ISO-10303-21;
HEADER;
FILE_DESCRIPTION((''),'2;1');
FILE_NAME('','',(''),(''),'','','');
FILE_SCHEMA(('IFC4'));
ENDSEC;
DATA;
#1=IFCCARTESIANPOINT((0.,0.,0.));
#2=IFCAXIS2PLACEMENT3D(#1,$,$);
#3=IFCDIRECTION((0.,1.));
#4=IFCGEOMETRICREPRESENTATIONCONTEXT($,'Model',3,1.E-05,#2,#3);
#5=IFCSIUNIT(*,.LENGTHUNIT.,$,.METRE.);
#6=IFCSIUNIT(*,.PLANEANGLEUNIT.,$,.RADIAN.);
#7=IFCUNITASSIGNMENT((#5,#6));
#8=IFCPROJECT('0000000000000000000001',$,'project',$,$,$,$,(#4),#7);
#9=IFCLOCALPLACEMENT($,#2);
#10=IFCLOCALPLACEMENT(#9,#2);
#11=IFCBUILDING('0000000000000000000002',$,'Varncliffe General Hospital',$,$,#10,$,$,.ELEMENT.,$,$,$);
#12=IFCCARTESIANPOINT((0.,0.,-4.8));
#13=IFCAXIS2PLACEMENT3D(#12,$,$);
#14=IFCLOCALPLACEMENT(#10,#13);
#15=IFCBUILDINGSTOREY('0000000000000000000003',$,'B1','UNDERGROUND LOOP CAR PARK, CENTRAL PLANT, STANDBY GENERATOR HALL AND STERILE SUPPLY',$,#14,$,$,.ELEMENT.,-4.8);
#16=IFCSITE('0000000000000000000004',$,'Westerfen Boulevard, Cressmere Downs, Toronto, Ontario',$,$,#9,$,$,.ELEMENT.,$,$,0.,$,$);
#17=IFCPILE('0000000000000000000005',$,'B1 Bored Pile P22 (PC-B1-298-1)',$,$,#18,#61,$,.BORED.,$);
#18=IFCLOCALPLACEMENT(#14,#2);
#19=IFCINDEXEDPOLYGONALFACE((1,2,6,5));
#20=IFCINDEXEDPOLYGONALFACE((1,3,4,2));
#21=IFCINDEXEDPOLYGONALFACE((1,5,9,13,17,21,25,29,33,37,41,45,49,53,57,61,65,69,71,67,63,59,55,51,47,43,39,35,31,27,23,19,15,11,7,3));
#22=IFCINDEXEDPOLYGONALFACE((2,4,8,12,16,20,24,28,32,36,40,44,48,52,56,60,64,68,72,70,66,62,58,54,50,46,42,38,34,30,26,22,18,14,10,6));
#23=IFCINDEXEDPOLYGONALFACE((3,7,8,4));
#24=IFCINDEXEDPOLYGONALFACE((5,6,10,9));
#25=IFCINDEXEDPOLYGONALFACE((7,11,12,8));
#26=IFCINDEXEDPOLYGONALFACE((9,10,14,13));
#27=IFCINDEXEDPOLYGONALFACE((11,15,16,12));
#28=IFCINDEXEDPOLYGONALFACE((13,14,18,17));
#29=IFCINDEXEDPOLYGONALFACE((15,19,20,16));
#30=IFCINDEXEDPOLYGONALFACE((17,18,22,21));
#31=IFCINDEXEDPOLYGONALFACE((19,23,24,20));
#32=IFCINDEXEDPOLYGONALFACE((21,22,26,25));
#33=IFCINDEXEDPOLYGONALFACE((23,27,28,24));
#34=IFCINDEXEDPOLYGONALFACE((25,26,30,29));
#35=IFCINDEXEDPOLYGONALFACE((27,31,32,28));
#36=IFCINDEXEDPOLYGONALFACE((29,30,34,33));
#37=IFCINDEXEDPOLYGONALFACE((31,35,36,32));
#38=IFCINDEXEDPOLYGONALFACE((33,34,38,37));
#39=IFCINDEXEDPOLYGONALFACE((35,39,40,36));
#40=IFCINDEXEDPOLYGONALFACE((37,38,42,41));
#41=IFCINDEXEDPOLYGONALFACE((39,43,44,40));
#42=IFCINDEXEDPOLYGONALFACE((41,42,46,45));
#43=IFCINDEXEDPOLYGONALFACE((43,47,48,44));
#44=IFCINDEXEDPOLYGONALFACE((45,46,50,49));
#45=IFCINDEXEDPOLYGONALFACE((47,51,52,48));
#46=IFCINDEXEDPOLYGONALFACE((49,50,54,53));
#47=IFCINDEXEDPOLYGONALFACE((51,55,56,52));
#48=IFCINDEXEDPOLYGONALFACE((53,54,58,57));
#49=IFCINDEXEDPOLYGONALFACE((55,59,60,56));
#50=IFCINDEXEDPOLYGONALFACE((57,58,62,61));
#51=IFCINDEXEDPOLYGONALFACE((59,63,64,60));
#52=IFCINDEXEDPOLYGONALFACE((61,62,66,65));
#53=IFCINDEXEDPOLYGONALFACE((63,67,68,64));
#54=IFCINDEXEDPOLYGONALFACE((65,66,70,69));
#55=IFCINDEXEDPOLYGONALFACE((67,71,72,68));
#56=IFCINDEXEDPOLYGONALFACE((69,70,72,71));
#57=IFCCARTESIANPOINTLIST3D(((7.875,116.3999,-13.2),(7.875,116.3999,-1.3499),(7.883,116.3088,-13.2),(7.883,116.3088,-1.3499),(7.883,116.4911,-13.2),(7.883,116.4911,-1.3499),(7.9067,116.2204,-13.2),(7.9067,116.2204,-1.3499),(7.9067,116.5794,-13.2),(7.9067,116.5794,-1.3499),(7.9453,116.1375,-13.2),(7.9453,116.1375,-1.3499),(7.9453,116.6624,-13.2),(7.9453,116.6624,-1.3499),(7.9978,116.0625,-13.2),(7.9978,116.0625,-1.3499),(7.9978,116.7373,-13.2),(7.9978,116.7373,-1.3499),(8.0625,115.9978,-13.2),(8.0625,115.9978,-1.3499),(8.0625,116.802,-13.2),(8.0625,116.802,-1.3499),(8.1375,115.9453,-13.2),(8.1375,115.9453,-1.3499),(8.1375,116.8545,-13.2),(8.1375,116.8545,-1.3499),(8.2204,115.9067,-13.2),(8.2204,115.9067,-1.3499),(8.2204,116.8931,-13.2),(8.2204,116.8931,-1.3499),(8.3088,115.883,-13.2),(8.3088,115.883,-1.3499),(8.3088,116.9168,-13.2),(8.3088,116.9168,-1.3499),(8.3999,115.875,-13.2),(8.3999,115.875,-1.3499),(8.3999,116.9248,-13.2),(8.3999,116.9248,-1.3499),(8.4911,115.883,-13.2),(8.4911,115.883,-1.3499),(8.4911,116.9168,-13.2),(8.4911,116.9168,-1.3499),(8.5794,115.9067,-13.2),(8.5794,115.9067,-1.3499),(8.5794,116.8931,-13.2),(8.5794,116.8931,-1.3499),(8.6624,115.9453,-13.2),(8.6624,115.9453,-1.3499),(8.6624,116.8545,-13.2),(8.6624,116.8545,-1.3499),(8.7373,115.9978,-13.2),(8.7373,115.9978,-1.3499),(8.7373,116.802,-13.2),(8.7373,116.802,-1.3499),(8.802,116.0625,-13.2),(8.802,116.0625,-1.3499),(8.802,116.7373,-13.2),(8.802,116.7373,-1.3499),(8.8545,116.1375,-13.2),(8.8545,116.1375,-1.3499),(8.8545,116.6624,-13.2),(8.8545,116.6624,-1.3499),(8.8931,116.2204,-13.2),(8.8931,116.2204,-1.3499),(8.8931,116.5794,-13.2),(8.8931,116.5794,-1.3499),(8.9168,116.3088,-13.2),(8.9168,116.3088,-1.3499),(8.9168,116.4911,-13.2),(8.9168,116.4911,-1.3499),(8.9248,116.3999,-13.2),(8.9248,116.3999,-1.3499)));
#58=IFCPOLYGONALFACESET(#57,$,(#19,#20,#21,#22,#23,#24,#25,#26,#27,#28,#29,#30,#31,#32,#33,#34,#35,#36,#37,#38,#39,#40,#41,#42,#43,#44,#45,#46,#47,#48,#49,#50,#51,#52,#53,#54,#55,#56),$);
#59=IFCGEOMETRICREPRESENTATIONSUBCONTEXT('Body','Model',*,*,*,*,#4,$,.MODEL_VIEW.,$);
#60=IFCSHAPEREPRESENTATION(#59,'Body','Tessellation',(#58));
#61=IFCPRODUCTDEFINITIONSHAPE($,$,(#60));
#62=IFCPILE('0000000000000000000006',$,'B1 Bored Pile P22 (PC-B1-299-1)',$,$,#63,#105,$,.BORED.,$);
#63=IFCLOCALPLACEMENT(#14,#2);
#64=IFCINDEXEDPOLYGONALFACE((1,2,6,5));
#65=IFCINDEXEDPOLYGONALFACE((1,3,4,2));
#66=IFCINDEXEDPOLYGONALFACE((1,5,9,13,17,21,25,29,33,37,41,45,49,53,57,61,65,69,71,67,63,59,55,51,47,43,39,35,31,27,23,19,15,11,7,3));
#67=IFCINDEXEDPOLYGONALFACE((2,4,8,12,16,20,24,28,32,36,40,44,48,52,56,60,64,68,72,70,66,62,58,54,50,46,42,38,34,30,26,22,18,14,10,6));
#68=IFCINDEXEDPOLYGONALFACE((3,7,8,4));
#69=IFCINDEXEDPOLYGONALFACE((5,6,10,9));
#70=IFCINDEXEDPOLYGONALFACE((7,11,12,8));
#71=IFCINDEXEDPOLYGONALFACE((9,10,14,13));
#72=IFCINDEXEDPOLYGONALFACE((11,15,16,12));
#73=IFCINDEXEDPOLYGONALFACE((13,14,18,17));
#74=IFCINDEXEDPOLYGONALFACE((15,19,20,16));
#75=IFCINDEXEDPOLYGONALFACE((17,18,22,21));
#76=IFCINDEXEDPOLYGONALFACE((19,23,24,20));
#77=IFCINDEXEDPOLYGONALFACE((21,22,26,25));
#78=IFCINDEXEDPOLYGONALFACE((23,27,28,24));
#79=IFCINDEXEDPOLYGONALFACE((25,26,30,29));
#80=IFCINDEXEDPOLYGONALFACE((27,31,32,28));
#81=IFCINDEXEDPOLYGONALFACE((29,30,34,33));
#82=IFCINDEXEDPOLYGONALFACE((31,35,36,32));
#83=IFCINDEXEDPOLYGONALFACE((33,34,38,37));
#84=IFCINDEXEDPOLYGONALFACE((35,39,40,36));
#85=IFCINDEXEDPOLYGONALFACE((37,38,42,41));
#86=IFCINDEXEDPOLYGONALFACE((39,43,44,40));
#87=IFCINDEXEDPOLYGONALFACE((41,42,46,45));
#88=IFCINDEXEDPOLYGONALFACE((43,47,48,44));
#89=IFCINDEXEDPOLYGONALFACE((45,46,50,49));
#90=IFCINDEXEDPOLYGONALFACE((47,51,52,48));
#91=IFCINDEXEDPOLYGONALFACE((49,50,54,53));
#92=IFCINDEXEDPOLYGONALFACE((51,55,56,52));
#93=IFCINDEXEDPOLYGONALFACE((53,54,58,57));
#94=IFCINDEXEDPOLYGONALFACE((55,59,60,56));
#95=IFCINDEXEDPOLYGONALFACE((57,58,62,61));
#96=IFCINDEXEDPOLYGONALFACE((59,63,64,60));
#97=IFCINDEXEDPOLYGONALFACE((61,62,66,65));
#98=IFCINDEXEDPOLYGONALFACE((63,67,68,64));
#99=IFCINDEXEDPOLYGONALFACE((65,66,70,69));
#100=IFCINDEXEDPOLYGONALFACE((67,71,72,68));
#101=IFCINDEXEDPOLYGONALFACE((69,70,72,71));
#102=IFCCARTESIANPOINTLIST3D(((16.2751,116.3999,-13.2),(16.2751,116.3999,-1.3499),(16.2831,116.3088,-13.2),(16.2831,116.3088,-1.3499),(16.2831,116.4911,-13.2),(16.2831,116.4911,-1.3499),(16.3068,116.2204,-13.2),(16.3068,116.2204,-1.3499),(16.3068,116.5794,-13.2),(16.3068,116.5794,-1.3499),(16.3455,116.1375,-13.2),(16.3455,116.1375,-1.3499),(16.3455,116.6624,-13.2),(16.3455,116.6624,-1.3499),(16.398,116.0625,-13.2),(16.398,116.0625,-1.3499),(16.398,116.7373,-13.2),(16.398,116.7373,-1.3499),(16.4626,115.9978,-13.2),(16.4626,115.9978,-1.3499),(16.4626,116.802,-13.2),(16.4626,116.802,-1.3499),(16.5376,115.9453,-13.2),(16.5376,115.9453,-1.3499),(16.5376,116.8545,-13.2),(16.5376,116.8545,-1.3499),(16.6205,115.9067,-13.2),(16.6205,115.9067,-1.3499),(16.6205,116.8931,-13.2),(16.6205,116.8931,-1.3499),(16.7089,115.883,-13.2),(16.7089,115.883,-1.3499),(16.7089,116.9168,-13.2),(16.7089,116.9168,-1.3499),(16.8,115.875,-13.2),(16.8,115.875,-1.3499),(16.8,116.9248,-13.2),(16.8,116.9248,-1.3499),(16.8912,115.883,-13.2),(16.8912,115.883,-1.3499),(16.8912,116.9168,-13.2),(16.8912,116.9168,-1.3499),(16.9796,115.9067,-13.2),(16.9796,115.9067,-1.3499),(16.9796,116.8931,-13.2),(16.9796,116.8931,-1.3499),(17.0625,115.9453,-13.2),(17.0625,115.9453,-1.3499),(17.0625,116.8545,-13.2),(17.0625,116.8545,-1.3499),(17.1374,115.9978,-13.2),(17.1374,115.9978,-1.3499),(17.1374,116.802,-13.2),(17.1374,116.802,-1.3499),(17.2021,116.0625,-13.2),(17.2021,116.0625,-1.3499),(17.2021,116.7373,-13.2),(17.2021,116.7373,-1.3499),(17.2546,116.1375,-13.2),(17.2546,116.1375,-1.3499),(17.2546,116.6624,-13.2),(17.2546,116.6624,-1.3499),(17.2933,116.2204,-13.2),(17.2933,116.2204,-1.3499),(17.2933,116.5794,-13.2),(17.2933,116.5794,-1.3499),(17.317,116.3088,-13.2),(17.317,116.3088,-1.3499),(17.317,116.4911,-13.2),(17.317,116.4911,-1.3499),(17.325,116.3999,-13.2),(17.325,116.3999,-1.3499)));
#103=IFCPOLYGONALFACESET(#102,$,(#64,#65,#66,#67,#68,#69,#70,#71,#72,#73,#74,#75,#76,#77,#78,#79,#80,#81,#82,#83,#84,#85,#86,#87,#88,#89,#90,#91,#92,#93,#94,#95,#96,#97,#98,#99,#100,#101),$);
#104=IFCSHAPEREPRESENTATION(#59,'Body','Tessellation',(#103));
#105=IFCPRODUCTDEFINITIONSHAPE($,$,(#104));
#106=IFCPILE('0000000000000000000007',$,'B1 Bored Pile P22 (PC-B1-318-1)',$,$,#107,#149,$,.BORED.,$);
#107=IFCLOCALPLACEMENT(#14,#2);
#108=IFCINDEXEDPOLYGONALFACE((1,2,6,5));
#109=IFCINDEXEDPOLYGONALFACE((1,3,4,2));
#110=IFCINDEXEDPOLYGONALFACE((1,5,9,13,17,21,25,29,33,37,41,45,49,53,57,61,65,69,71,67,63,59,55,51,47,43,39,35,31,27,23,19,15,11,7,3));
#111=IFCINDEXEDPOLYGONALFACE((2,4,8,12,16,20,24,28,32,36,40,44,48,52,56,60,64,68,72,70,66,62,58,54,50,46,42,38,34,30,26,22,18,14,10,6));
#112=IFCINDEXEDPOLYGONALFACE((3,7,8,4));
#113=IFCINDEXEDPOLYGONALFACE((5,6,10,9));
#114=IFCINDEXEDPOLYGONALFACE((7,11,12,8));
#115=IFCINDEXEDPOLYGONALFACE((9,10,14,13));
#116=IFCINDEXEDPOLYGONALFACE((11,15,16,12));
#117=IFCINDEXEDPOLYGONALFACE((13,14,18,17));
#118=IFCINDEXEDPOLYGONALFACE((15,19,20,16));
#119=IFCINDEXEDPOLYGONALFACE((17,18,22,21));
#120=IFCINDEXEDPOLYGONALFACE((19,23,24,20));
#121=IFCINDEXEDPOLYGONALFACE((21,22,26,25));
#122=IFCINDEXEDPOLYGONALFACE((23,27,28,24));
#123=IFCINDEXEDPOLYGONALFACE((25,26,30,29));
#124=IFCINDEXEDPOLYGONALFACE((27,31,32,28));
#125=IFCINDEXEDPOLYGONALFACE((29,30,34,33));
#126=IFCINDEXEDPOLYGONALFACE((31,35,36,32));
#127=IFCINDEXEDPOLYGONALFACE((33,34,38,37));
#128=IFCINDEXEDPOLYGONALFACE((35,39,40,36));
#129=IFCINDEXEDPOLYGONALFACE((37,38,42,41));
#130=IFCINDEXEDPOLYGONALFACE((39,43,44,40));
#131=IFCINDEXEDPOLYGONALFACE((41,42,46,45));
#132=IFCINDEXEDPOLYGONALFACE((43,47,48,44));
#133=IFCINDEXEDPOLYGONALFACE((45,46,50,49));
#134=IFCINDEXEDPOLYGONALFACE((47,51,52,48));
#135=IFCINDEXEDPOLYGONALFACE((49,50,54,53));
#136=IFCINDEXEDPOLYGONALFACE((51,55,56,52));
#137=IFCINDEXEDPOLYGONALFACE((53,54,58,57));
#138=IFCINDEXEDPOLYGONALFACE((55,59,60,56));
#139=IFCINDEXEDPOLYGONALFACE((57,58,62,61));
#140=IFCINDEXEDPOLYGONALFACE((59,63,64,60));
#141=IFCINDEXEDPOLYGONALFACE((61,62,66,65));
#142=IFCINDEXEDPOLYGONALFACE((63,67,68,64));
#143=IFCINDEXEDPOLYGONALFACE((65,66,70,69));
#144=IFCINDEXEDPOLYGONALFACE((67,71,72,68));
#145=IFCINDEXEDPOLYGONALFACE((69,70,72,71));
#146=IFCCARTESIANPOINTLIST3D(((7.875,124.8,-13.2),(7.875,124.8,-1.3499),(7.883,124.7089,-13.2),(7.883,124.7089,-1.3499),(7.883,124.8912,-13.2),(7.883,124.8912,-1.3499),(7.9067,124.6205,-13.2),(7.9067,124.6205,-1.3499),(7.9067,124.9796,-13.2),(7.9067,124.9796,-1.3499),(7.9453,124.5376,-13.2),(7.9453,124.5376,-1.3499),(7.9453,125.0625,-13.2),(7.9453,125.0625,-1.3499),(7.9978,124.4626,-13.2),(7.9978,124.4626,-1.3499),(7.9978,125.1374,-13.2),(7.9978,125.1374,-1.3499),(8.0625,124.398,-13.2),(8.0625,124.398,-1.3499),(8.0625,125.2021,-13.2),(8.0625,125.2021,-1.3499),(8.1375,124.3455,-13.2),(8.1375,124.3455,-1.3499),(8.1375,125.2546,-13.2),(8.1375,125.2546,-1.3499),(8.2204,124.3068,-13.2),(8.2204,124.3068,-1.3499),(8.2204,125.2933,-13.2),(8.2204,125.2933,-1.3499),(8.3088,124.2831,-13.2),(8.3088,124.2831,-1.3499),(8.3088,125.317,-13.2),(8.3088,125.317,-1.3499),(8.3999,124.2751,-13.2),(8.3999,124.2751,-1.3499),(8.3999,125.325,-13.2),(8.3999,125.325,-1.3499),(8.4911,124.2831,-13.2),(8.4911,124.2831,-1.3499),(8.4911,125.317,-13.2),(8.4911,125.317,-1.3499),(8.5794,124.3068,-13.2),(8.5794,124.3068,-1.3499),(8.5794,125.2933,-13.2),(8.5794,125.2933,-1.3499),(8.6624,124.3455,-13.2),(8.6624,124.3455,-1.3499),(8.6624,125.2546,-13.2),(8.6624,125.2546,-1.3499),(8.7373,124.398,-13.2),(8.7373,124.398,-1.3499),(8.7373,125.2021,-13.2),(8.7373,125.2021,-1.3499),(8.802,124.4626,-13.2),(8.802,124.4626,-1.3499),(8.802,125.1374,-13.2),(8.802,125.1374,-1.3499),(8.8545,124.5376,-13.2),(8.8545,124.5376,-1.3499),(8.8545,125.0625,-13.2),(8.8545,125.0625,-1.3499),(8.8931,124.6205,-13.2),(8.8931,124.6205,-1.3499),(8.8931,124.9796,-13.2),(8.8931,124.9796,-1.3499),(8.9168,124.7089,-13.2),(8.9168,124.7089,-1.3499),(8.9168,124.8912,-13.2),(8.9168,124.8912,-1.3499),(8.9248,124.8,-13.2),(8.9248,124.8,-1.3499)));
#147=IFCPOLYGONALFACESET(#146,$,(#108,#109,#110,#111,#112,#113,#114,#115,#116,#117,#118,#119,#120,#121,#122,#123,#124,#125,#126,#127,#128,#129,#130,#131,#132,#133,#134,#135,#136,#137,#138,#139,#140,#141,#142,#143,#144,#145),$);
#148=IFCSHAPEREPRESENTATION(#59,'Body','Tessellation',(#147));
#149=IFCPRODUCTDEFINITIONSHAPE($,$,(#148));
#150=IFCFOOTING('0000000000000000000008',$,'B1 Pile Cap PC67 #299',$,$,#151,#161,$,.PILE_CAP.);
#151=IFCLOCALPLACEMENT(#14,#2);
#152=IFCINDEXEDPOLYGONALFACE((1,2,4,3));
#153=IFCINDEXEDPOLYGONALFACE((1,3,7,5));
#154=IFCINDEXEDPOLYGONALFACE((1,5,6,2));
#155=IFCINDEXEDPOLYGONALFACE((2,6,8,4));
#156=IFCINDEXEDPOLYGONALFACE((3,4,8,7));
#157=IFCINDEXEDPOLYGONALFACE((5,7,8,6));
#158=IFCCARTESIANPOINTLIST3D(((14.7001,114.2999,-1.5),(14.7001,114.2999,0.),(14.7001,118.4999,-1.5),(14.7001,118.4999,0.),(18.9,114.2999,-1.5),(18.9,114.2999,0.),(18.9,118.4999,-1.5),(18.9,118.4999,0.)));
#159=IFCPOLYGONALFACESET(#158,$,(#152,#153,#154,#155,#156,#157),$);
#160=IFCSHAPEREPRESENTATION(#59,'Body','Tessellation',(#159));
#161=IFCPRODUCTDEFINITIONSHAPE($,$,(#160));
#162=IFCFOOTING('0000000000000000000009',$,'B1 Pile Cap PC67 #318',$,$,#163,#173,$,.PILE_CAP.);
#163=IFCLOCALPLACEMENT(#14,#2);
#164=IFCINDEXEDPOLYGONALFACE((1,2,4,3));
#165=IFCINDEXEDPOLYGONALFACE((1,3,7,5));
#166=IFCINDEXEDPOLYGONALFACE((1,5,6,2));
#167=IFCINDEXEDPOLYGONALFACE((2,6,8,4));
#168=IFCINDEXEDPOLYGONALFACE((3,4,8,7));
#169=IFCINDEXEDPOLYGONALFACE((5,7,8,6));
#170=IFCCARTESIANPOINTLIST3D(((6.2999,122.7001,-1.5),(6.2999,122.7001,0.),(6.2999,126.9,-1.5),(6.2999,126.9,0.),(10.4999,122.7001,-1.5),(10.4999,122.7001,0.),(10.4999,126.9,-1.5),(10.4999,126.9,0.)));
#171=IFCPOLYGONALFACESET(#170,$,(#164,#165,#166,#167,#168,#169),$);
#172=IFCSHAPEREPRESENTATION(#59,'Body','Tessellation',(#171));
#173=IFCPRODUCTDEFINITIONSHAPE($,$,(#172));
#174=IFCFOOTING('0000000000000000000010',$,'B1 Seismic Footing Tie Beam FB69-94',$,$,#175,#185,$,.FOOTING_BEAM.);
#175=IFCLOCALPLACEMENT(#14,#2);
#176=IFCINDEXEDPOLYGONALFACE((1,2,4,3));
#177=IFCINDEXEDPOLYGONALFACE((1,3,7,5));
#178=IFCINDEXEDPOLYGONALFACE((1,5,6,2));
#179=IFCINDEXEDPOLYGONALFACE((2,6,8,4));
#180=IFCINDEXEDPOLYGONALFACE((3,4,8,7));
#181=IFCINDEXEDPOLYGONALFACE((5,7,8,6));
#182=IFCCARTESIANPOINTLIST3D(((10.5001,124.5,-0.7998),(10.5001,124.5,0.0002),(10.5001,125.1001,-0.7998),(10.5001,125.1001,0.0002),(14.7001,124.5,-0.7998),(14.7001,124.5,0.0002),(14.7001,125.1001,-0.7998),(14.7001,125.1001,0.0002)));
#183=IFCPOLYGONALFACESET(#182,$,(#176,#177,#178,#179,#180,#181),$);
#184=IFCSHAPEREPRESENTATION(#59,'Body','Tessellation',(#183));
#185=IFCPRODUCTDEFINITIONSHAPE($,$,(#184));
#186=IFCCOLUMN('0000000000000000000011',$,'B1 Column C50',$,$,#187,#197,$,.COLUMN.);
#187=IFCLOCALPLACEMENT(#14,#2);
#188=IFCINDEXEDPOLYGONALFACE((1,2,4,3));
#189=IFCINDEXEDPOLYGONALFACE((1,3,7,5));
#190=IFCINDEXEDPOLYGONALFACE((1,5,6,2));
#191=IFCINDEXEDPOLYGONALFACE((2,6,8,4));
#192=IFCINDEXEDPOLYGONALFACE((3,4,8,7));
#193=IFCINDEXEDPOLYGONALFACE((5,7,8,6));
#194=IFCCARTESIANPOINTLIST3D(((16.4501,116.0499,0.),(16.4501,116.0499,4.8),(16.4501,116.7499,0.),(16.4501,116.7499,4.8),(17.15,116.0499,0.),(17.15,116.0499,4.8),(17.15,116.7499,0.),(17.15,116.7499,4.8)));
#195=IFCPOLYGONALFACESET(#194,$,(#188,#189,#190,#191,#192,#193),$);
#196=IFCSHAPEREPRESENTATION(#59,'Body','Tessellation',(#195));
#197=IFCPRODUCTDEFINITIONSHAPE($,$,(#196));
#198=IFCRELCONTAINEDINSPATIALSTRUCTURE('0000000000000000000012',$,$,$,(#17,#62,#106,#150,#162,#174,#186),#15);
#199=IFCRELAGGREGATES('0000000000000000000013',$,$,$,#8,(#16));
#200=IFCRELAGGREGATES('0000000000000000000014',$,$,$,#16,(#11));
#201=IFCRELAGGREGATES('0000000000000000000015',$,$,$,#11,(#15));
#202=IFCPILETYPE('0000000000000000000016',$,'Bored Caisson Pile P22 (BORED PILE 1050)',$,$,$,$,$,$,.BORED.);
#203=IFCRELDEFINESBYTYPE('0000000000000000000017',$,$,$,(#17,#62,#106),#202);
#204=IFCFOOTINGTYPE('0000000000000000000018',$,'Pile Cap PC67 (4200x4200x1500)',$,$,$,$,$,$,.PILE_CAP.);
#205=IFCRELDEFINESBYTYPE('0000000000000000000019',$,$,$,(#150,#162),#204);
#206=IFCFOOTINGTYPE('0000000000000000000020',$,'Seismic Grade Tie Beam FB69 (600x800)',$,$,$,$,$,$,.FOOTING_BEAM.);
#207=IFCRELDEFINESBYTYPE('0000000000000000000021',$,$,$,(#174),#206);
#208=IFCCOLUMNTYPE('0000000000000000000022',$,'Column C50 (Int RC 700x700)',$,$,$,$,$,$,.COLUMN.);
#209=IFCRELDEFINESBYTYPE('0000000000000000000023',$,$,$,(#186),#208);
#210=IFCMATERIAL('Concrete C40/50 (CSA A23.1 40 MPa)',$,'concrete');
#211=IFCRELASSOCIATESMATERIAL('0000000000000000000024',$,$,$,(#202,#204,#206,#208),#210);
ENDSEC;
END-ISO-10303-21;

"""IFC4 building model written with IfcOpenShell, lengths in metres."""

from ifc_helpers import new_model, si_unit, direction, frame, origin, origin_2d, place, context, subcontext, project, spatial, rectangle, circle, extrude, material, material_profile, profile_set, type_object, element, save


model = new_model("IFC4")

# Units and contexts
model_context = context("Model", 3, precision=1e-05, world=origin(), true_north=direction((0.0, 1.0)))
body_context = subcontext(model_context, "Body", "Model", "MODEL_VIEW")
ifc_project = project(units=[si_unit("LENGTHUNIT", "METRE"), si_unit("PLANEANGLEUNIT", "RADIAN")], contexts=[model_context])

# Site, building, storey
site_placement = place(None, origin())
site = spatial("IfcSite", under=ifc_project, at=site_placement, Name="Westerfen Boulevard, Cressmere Downs, Toronto, Ontario", CompositionType="ELEMENT", RefElevation=0.0)
building_placement = place(site_placement, origin())
building = spatial("IfcBuilding", under=site, at=building_placement, Name="Varncliffe General Hospital", CompositionType="ELEMENT")
storey_placement = place(building_placement, frame((0.0, 0.0, -4.8)))
storey = spatial("IfcBuildingStorey", under=building, at=storey_placement, Name="B1", Description="UNDERGROUND LOOP CAR PARK, CENTRAL PLANT, STANDBY GENERATOR HALL AND STERILE SUPPLY", CompositionType="ELEMENT", Elevation=-4.8)

# Piles
ifc_material_1 = material(Name="Concrete C40/50 (CSA A23.1 40 MPa)", Category="concrete")
ifc_material_profile_1 = material_profile(ifc_material_1, circle(Radius=0.5249, at=origin_2d()), Name="BORED PILE 1050")
ifc_profile_set_1 = profile_set([ifc_material_profile_1], Name="Concrete C40/50 (CSA A23.1 40 MPa)")
pile_type = type_object("IfcPileType", Name="Bored Caisson Pile P22 (BORED PILE 1050)", PredefinedType="BORED", material=ifc_profile_set_1)
for number, where, z_axis, x_axis, name in (
    (1, (8.3999, 116.3999, -1.3499), (0.0, 0.0, -1.0), (1.0, 0.0, 0.0), "B1 Bored Pile P22 (PC-B1-298-1)"),
    (2, (16.8, 116.3999, -1.3499), (0.0, 0.0, -1.0), (1.0, 0.0, 0.0), "B1 Bored Pile P22 (PC-B1-299-1)"),
    (3, (8.3999, 124.8, -1.3499), (0.0, 0.0, -1.0), (1.0, 0.0, 0.0), "B1 Bored Pile P22 (PC-B1-318-1)"),
):
    element("IfcPile", number, at=place(storey_placement, frame(where, z_axis=z_axis, x_axis=x_axis)), inside=storey, type_object=pile_type, Name=name, PredefinedType="BORED", context=body_context, shape_type="SweptSolid", body=[
        extrude(circle(Radius=0.5249, at=origin_2d()), origin(), (0.0, 0.0, 1.0), 11.8501),
    ])

# Footings
footing_type_1 = type_object("IfcFootingType", Name="Pile Cap PC67 (4200x4200x1500)", PredefinedType="PILE_CAP", material=ifc_material_1)
for number, where, z_axis, x_axis, name in (
    (4, (16.8, 116.3999, -1.5), (0.0, 0.0, 1.0), (1.0, 0.0, 0.0), "B1 Pile Cap PC67 #299"),
    (5, (8.3999, 124.8, -1.5), (0.0, 0.0, 1.0), (1.0, 0.0, 0.0), "B1 Pile Cap PC67 #318"),
):
    element("IfcFooting", number, at=place(storey_placement, frame(where, z_axis=z_axis, x_axis=x_axis)), inside=storey, type_object=footing_type_1, Name=name, PredefinedType="PILE_CAP", context=body_context, shape_type="SweptSolid", body=[
        extrude(rectangle(XDim=4.2, YDim=4.2, at=origin_2d()), origin(), (0.0, 0.0, 1.0), 1.5),
    ])
footing_type_2 = type_object("IfcFootingType", Name="Seismic Grade Tie Beam FB69 (600x800)", PredefinedType="FOOTING_BEAM", material=ifc_material_1)
footing_placement = place(storey_placement, frame((12.6001, 124.8, -0.7998), z_axis=(0.0, 0.0, 1.0), x_axis=(1.0, 0.0, 0.0)))
element("IfcFooting", 6, at=footing_placement, inside=storey, type_object=footing_type_2, Name="B1 Seismic Footing Tie Beam FB69-94", PredefinedType="FOOTING_BEAM", context=body_context, shape_type="SweptSolid", body=[
    extrude(rectangle(XDim=4.2, YDim=0.6001, at=origin_2d()), origin(), (0.0, 0.0, 1.0), 0.8),
])

# Column
ifc_material_profile_2 = material_profile(ifc_material_1, rectangle(XDim=0.7, YDim=0.7, at=origin_2d()), Name="RC 700x700")
ifc_profile_set_2 = profile_set([ifc_material_profile_2], Name="Concrete C40/50 (CSA A23.1 40 MPa)")
column_type_1 = type_object("IfcColumnType", Name="Column C50 (Int RC 700x700)", PredefinedType="COLUMN", material=ifc_profile_set_2)
column_1_placement = place(storey_placement, frame((16.8, 116.3999, 0.0), z_axis=(0.0, 0.0, 1.0), x_axis=(1.0, 0.0, 0.0)))
element("IfcColumn", 7, at=column_1_placement, inside=storey, type_object=column_type_1, Name="B1 Column C50", PredefinedType="COLUMN", context=body_context, shape_type="SweptSolid", body=[
    extrude(rectangle(XDim=0.7, YDim=0.7, at=origin_2d()), origin(), (0.0, 0.0, 1.0), 4.8),
])

save(model, "model.ifc")
